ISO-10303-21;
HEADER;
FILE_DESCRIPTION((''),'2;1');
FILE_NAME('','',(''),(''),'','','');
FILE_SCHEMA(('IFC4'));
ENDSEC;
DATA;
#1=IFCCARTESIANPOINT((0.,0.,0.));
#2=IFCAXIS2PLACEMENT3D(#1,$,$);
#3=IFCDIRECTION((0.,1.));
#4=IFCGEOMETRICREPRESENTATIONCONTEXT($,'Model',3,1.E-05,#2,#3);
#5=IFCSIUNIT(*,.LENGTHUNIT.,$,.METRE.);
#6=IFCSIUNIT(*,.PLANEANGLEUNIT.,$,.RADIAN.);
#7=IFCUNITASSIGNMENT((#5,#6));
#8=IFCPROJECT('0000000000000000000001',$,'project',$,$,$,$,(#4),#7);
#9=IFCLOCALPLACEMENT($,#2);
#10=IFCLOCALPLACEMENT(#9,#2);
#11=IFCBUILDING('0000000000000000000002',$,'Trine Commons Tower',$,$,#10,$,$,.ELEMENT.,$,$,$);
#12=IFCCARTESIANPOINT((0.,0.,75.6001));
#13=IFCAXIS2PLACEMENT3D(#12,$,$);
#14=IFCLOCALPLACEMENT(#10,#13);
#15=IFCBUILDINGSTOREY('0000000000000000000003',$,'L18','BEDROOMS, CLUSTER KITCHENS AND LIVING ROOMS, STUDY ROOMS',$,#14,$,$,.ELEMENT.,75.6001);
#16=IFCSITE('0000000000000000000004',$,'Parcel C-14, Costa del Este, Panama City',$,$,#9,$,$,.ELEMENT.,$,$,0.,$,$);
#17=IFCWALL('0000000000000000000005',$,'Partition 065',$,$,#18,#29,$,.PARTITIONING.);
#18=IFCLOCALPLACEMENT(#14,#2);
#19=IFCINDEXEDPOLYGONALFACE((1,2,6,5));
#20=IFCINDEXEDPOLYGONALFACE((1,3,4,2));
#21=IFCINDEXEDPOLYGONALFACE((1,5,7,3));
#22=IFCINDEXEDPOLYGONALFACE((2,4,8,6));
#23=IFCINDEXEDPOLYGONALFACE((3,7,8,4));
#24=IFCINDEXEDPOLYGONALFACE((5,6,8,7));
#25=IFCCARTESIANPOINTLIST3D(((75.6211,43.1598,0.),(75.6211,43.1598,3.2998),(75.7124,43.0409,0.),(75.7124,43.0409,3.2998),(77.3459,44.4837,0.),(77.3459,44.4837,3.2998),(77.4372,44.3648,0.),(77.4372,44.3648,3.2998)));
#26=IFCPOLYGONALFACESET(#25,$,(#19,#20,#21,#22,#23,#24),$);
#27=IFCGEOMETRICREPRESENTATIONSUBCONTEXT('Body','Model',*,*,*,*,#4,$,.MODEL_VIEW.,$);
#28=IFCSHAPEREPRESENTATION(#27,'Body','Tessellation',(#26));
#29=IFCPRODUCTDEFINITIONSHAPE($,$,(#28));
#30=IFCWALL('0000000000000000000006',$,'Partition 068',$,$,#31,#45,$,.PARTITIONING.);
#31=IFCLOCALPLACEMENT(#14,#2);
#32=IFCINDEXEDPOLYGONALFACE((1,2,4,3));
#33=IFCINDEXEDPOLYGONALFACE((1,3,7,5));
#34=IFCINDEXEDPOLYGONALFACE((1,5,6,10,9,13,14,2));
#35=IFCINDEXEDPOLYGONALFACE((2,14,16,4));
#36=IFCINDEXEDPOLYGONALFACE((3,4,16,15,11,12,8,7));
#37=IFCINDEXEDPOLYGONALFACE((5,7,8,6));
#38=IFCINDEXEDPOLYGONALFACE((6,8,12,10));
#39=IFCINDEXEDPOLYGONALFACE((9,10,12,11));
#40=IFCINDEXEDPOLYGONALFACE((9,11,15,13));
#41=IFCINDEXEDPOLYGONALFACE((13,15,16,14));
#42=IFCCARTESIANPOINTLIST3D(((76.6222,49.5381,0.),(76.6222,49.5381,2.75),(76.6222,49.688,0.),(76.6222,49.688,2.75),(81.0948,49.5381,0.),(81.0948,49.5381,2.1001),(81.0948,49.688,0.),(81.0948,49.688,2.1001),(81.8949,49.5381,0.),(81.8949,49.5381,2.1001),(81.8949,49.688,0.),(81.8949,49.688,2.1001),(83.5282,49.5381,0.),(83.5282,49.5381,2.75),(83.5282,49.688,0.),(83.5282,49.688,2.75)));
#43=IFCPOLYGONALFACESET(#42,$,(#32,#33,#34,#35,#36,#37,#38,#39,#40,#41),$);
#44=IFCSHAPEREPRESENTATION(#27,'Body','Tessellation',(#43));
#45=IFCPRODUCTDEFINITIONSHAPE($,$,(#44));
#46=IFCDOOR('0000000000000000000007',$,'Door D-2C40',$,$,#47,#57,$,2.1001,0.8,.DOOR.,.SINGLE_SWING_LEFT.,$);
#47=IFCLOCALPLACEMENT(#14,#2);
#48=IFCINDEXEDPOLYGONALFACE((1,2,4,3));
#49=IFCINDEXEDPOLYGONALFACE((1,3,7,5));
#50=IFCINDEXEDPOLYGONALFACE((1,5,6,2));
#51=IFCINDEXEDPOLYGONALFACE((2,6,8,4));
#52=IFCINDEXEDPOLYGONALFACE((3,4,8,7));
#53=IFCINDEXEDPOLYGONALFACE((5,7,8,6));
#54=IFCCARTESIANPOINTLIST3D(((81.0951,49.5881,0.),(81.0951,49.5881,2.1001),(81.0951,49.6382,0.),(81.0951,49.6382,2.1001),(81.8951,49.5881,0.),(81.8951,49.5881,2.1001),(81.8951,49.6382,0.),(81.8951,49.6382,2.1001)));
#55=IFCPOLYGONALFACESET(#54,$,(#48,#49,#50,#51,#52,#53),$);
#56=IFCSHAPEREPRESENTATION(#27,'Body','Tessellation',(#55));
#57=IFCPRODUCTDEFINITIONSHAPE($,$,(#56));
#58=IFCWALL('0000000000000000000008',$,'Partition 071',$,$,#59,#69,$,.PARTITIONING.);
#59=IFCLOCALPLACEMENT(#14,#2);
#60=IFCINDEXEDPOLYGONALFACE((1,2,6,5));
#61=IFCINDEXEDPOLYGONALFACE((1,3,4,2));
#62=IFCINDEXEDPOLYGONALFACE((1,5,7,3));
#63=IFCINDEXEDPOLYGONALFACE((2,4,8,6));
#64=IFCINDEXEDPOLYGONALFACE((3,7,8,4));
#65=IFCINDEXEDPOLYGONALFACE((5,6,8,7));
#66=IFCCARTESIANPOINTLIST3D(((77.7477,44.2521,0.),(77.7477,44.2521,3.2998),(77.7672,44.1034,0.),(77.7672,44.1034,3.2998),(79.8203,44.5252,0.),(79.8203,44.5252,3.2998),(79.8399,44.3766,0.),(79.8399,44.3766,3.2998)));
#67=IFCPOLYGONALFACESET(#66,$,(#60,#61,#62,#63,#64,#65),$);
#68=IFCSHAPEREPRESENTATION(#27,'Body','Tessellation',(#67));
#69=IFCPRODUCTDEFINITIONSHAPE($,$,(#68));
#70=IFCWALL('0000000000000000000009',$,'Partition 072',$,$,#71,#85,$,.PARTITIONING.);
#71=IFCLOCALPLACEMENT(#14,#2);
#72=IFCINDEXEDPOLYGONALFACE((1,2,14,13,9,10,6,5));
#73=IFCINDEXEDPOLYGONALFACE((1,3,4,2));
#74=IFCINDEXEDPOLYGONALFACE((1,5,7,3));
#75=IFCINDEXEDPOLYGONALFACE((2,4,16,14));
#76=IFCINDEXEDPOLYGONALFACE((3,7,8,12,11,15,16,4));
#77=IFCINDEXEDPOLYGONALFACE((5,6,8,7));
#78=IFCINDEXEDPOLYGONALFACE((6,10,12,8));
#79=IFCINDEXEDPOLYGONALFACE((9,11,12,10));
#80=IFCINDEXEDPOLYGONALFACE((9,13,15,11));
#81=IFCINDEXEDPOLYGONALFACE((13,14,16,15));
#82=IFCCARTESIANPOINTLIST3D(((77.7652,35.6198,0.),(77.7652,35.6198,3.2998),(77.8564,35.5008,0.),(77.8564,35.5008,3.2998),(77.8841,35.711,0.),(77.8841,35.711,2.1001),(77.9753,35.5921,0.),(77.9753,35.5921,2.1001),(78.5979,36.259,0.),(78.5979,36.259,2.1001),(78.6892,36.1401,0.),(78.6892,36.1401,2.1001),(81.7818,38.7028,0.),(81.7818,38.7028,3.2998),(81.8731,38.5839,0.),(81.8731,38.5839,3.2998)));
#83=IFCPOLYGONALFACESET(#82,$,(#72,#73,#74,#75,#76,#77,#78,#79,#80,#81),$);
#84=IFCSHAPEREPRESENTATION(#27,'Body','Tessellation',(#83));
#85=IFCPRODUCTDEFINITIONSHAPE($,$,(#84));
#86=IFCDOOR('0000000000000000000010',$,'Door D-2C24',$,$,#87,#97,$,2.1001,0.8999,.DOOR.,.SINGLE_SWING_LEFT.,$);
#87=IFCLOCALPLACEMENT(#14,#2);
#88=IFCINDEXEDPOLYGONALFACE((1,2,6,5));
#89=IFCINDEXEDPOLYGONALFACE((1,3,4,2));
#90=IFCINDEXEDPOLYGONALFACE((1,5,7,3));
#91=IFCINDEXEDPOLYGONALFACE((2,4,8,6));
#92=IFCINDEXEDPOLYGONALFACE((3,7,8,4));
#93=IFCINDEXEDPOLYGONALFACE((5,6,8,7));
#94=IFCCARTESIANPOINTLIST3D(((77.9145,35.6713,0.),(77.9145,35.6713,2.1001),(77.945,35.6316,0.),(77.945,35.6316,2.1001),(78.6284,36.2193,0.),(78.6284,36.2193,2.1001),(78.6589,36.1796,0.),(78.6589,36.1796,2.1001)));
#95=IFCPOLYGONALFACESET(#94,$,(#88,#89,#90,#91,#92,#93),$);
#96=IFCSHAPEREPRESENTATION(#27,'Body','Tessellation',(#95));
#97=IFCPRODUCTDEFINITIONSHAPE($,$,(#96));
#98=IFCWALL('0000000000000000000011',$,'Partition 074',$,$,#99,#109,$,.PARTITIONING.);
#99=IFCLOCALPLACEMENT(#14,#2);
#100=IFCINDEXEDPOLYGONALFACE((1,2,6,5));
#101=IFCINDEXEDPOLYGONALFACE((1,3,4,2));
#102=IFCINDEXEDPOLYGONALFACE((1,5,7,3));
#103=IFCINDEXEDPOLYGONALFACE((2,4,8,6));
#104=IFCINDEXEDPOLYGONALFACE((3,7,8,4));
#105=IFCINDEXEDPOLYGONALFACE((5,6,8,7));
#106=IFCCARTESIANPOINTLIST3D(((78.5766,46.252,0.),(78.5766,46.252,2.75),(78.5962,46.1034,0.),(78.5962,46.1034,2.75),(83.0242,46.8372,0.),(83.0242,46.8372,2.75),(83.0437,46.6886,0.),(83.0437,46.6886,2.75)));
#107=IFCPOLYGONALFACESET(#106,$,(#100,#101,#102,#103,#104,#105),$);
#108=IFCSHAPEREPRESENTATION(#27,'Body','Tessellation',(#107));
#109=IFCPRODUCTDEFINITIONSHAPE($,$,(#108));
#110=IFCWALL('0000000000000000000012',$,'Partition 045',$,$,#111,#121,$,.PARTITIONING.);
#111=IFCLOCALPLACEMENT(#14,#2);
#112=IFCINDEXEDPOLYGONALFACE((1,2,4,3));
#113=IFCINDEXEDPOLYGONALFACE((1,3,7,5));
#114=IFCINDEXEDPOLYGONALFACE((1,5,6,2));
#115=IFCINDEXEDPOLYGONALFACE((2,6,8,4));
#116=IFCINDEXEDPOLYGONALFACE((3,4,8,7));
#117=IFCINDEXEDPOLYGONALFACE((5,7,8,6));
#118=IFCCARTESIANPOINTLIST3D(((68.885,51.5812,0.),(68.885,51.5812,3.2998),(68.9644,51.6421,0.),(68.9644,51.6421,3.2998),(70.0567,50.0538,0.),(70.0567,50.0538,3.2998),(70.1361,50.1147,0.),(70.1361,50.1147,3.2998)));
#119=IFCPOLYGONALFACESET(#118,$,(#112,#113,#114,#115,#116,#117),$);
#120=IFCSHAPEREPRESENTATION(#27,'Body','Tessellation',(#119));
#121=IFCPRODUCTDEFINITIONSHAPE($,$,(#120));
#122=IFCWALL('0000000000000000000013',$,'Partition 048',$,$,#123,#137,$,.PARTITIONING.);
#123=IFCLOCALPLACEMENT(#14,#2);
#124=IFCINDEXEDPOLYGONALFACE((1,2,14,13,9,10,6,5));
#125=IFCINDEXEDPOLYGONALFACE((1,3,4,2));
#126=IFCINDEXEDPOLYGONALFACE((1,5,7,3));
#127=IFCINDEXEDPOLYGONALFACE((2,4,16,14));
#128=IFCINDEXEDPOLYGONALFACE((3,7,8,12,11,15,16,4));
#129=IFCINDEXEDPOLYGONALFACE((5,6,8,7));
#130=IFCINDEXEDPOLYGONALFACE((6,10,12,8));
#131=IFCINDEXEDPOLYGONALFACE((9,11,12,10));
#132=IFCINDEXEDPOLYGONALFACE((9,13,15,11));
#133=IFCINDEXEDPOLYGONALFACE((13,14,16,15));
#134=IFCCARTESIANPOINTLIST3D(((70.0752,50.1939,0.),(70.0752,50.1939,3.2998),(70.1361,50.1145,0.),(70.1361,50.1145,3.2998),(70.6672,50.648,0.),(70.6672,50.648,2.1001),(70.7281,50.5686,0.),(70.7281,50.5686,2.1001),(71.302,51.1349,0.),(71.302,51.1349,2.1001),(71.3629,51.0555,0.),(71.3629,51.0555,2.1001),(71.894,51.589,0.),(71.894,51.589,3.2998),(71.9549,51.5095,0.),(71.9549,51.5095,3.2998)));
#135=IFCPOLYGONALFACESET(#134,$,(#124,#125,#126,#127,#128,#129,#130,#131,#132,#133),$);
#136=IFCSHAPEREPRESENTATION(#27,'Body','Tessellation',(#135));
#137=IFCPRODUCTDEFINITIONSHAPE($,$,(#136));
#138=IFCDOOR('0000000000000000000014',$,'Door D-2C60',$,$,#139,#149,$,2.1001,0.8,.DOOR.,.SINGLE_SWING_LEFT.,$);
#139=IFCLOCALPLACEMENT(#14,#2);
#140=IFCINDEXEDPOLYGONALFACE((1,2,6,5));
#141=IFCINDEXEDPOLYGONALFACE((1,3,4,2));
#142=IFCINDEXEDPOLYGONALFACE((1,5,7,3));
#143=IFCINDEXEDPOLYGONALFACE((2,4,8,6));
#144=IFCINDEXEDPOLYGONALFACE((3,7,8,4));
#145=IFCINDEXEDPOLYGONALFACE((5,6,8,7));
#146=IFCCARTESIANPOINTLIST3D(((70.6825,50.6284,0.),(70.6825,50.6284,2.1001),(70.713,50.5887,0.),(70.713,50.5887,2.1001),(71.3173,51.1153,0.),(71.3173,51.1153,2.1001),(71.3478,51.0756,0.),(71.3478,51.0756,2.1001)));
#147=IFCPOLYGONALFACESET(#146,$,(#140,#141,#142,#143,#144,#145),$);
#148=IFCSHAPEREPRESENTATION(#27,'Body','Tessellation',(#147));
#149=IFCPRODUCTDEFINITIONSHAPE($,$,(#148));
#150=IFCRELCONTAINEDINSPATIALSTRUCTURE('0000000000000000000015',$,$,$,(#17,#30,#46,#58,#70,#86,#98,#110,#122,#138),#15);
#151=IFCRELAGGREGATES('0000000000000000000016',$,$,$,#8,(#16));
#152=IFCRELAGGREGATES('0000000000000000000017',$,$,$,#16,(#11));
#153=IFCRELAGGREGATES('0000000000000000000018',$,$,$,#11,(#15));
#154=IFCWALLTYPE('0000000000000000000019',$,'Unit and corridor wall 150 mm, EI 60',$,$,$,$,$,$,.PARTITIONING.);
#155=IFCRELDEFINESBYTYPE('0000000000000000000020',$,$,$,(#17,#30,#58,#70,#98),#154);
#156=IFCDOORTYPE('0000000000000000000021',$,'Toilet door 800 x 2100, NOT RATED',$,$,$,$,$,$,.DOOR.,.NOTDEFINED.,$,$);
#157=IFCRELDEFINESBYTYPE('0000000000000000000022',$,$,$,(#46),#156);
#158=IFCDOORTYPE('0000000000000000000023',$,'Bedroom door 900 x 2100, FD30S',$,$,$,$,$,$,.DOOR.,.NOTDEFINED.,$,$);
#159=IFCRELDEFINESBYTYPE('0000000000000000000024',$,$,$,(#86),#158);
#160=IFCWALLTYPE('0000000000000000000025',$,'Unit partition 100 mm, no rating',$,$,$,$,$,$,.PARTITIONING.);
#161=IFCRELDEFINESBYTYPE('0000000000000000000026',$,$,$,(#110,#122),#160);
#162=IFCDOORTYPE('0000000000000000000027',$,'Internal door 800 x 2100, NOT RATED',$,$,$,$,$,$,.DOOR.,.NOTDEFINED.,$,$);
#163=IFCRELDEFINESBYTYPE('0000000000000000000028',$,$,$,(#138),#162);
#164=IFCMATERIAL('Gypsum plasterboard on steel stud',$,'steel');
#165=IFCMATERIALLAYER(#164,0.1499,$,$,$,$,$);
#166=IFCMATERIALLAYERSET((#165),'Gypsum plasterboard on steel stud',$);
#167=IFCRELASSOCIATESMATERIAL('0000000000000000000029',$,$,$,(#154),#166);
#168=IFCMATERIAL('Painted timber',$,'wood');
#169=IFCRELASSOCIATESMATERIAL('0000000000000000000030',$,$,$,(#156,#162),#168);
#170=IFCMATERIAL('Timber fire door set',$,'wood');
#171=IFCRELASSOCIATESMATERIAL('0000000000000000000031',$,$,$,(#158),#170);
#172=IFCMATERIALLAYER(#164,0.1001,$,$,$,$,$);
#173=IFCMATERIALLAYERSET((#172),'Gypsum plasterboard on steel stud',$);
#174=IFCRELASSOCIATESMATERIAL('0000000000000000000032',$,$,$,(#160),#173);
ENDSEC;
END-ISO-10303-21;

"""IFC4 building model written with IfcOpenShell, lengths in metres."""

from ifc_helpers import new_model, si_unit, direction, frame, frame_2d, origin, place, context, subcontext, project, spatial, rectangle, extrude, material, layer, layer_set, type_object, element, fill, save


model = new_model("IFC4")

# Units and contexts
model_context = context("Model", 3, precision=1e-05, world=origin(), true_north=direction((0.0, 1.0)))
body_context = subcontext(model_context, "Body", "Model", "MODEL_VIEW")
ifc_project = project(units=[si_unit("LENGTHUNIT", "METRE"), si_unit("PLANEANGLEUNIT", "RADIAN")], contexts=[model_context])

# Site, building, storey
site_placement = place(None, origin())
site = spatial("IfcSite", under=ifc_project, at=site_placement, Name="Parcel C-14, Costa del Este, Panama City", CompositionType="ELEMENT", RefElevation=0.0)
building_placement = place(site_placement, origin())
building = spatial("IfcBuilding", under=site, at=building_placement, Name="Trine Commons Tower", CompositionType="ELEMENT")
storey_placement = place(building_placement, frame((0.0, 0.0, 75.6001)))
storey = spatial("IfcBuildingStorey", under=building, at=storey_placement, Name="L18", Description="BEDROOMS, CLUSTER KITCHENS AND LIVING ROOMS, STUDY ROOMS", CompositionType="ELEMENT", Elevation=75.6001)

# Shared definitions
ifc_material_1 = material(Name="Gypsum plasterboard on steel stud", Category="steel")
ifc_layer_1 = layer(ifc_material_1, 0.1499)
ifc_layer_set_1 = layer_set([ifc_layer_1], Name="Gypsum plasterboard on steel stud")
wall_type_1 = type_object("IfcWallType", Name="Unit and corridor wall 150 mm, EI 60", PredefinedType="PARTITIONING", material=ifc_layer_set_1)

# Shared definitions
ifc_material_2 = material(Name="Timber fire door set", Category="wood")

# Wall
wall_1_placement = place(storey_placement, frame((75.6667, 43.1003, 0.0), z_axis=(0.0, 0.0, 1.0), x_axis=(0.793254, 0.608891, 0.0)))
element("IfcWall", 1, at=wall_1_placement, inside=storey, type_object=wall_type_1, Name="Partition 065", PredefinedType="PARTITIONING", context=body_context, shape_type="SweptSolid", body=[
    extrude(rectangle(XDim=2.1743, YDim=0.1499, at=frame_2d((1.0872, 0.0))), origin(), (0.0, 0.0, 1.0), 3.2998),
])

# Wall, opening, door
wall_2_placement = place(storey_placement, frame((76.6221, 49.613, 0.0), z_axis=(0.0, 0.0, 1.0), x_axis=(1.0, 0.0, 0.0)))
wall_2 = element("IfcWall", 2, at=wall_2_placement, inside=storey, type_object=wall_type_1, Name="Partition 068", PredefinedType="PARTITIONING", context=body_context, shape_type="SweptSolid", body=[
    extrude(rectangle(XDim=6.906, YDim=0.1499, at=frame_2d((3.4531, 0.0))), origin(), (0.0, 0.0, 1.0), 2.75),
])
opening_1_placement = place(wall_2_placement, frame((4.4729, 0.0, 0.0)))
opening_1 = element("IfcOpeningElement", 3, at=opening_1_placement, cuts=wall_2, PredefinedType="OPENING", context=body_context, shape_type="SweptSolid", body=[
    extrude(rectangle(XDim=0.8, YDim=2.1001, at=frame_2d((0.3999, 1.05))), frame((0.0, 0.085, 0.0), z_axis=(0.0, -1.0, 0.0), x_axis=(1.0, 0.0, 0.0)), (0.0, 0.0, 1.0), 0.1699),
])
ifc_material_3 = material(Name="Painted timber", Category="wood")
door_type_1 = type_object("IfcDoorType", Name="Toilet door 800 x 2100, NOT RATED", OperationType="NOTDEFINED", PredefinedType="DOOR", material=ifc_material_3)
door_1_placement = place(opening_1_placement, frame((0.8, 0.0, 0.0), z_axis=(0.0, 0.0, 1.0), x_axis=(-1.0, 0.0, 0.0)))
door_1 = element("IfcDoor", 4, at=door_1_placement, inside=storey, type_object=door_type_1, Name="Door D-2C40", OperationType="SINGLE_SWING_LEFT", OverallHeight=2.1001, OverallWidth=0.8, PredefinedType="DOOR", context=body_context, shape_type="SweptSolid", body=[
    extrude(rectangle(XDim=0.8, YDim=2.1001, at=frame_2d((0.3999, 1.05))), frame((0.0, 0.0249, 0.0), z_axis=(0.0, -1.0, 0.0), x_axis=(1.0, 0.0, 0.0)), (0.0, 0.0, 1.0), 0.05),
])
fill(opening_1, door_1)

# Wall
wall_3_placement = place(storey_placement, frame((77.7573, 44.1777, 0.0), z_axis=(0.0, 0.0, 1.0), x_axis=(0.991426, 0.130672, 0.0)))
element("IfcWall", 5, at=wall_3_placement, inside=storey, type_object=wall_type_1, Name="Partition 071", PredefinedType="PARTITIONING", context=body_context, shape_type="SweptSolid", body=[
    extrude(rectangle(XDim=2.0906, YDim=0.1499, at=frame_2d((1.0454, 0.0))), origin(), (0.0, 0.0, 1.0), 3.2998),
])

# Wall, opening, door
wall_4_placement = place(storey_placement, frame((77.8108, 35.5603, 0.0), z_axis=(0.0, 0.0, 1.0), x_axis=(0.793262, 0.608881, 0.0)))
wall_4 = element("IfcWall", 6, at=wall_4_placement, inside=storey, type_object=wall_type_1, Name="Partition 072", PredefinedType="PARTITIONING", context=body_context, shape_type="SweptSolid", body=[
    extrude(rectangle(XDim=5.0635, YDim=0.1499, at=frame_2d((2.5317, 0.0))), origin(), (0.0, 0.0, 1.0), 3.2998),
])
opening_2_placement = place(wall_4_placement, frame((0.1499, 0.0, 0.0)))
opening_2 = element("IfcOpeningElement", 7, at=opening_2_placement, cuts=wall_4, PredefinedType="OPENING", context=body_context, shape_type="SweptSolid", body=[
    extrude(rectangle(XDim=0.8999, YDim=2.1001, at=frame_2d((0.45, 1.05))), frame((0.0, 0.085, 0.0), z_axis=(0.0, -1.0, 0.0), x_axis=(1.0, 0.0, 0.0)), (0.0, 0.0, 1.0), 0.1699),
])
door_type_2 = type_object("IfcDoorType", Name="Bedroom door 900 x 2100, FD30S", OperationType="NOTDEFINED", PredefinedType="DOOR", material=ifc_material_2)
door_2_placement = place(opening_2_placement, origin())
door_2 = element("IfcDoor", 8, at=door_2_placement, inside=storey, type_object=door_type_2, Name="Door D-2C24", OperationType="SINGLE_SWING_LEFT", OverallHeight=2.1001, OverallWidth=0.8999, PredefinedType="DOOR", context=body_context, shape_type="SweptSolid", body=[
    extrude(rectangle(XDim=0.8999, YDim=2.1001, at=frame_2d((0.45, 1.05))), frame((0.0, 0.0249, 0.0), z_axis=(0.0, -1.0, 0.0), x_axis=(1.0, 0.0, 0.0)), (0.0, 0.0, 1.0), 0.05),
])
fill(opening_2, door_2)

# Walls
wall_5_placement = place(storey_placement, frame((78.5864, 46.1777, 0.0), z_axis=(0.0, 0.0, 1.0), x_axis=(0.991454, 0.130456, 0.0)))
element("IfcWall", 9, at=wall_5_placement, inside=storey, type_object=wall_type_1, Name="Partition 074", PredefinedType="PARTITIONING", context=body_context, shape_type="SweptSolid", body=[
    extrude(rectangle(XDim=4.4858, YDim=0.1499, at=frame_2d((2.2429, 0.0))), origin(), (0.0, 0.0, 1.0), 2.75),
])
ifc_layer_2 = layer(ifc_material_1, 0.1001)
ifc_layer_set_2 = layer_set([ifc_layer_2], Name="Gypsum plasterboard on steel stud")
wall_type_2 = type_object("IfcWallType", Name="Unit partition 100 mm, no rating", PredefinedType="PARTITIONING", material=ifc_layer_set_2)
wall_6_placement = place(storey_placement, frame((68.9248, 51.6116, 0.0), z_axis=(0.0, 0.0, 1.0), x_axis=(0.60865, -0.793439, 0.0)))
element("IfcWall", 10, at=wall_6_placement, inside=storey, type_object=wall_type_2, Name="Partition 045", PredefinedType="PARTITIONING", context=body_context, shape_type="SweptSolid", body=[
    extrude(rectangle(XDim=1.925, YDim=0.1001, at=frame_2d((0.9624, 0.0))), origin(), (0.0, 0.0, 1.0), 3.2998),
])

# Wall, opening, door
wall_7_placement = place(storey_placement, frame((70.1057, 50.1543, 0.0), z_axis=(0.0, 0.0, 1.0), x_axis=(0.793486, 0.608588, 0.0)))
wall_7 = element("IfcWall", 11, at=wall_7_placement, inside=storey, type_object=wall_type_2, Name="Partition 048", PredefinedType="PARTITIONING", context=body_context, shape_type="SweptSolid", body=[
    extrude(rectangle(XDim=2.2922, YDim=0.1001, at=frame_2d((1.146, 0.0))), origin(), (0.0, 0.0, 1.0), 3.2998),
])
opening_3_placement = place(wall_7_placement, frame((0.7461, 0.0, 0.0)))
opening_3 = element("IfcOpeningElement", 12, at=opening_3_placement, cuts=wall_7, PredefinedType="OPENING", context=body_context, shape_type="SweptSolid", body=[
    extrude(rectangle(XDim=0.8, YDim=2.1001, at=frame_2d((0.3999, 1.05))), frame((0.0, 0.0601, 0.0), z_axis=(0.0, -1.0, 0.0), x_axis=(1.0, 0.0, 0.0)), (0.0, 0.0, 1.0), 0.1201),
])
door_type_3 = type_object("IfcDoorType", Name="Internal door 800 x 2100, NOT RATED", OperationType="NOTDEFINED", PredefinedType="DOOR", material=ifc_material_3)
door_3_placement = place(opening_3_placement, frame((0.8, 0.0, 0.0), z_axis=(0.0, 0.0, 1.0), x_axis=(-1.0, 0.0, 0.0)))
door_3 = element("IfcDoor", 13, at=door_3_placement, inside=storey, type_object=door_type_3, Name="Door D-2C60", OperationType="SINGLE_SWING_LEFT", OverallHeight=2.1001, OverallWidth=0.8, PredefinedType="DOOR", context=body_context, shape_type="SweptSolid", body=[
    extrude(rectangle(XDim=0.8, YDim=2.1001, at=frame_2d((0.3999, 1.05))), frame((0.0, 0.0249, 0.0), z_axis=(0.0, -1.0, 0.0), x_axis=(1.0, 0.0, 0.0)), (0.0, 0.0, 1.0), 0.05),
])
fill(opening_3, door_3)

save(model, "model.ifc")
